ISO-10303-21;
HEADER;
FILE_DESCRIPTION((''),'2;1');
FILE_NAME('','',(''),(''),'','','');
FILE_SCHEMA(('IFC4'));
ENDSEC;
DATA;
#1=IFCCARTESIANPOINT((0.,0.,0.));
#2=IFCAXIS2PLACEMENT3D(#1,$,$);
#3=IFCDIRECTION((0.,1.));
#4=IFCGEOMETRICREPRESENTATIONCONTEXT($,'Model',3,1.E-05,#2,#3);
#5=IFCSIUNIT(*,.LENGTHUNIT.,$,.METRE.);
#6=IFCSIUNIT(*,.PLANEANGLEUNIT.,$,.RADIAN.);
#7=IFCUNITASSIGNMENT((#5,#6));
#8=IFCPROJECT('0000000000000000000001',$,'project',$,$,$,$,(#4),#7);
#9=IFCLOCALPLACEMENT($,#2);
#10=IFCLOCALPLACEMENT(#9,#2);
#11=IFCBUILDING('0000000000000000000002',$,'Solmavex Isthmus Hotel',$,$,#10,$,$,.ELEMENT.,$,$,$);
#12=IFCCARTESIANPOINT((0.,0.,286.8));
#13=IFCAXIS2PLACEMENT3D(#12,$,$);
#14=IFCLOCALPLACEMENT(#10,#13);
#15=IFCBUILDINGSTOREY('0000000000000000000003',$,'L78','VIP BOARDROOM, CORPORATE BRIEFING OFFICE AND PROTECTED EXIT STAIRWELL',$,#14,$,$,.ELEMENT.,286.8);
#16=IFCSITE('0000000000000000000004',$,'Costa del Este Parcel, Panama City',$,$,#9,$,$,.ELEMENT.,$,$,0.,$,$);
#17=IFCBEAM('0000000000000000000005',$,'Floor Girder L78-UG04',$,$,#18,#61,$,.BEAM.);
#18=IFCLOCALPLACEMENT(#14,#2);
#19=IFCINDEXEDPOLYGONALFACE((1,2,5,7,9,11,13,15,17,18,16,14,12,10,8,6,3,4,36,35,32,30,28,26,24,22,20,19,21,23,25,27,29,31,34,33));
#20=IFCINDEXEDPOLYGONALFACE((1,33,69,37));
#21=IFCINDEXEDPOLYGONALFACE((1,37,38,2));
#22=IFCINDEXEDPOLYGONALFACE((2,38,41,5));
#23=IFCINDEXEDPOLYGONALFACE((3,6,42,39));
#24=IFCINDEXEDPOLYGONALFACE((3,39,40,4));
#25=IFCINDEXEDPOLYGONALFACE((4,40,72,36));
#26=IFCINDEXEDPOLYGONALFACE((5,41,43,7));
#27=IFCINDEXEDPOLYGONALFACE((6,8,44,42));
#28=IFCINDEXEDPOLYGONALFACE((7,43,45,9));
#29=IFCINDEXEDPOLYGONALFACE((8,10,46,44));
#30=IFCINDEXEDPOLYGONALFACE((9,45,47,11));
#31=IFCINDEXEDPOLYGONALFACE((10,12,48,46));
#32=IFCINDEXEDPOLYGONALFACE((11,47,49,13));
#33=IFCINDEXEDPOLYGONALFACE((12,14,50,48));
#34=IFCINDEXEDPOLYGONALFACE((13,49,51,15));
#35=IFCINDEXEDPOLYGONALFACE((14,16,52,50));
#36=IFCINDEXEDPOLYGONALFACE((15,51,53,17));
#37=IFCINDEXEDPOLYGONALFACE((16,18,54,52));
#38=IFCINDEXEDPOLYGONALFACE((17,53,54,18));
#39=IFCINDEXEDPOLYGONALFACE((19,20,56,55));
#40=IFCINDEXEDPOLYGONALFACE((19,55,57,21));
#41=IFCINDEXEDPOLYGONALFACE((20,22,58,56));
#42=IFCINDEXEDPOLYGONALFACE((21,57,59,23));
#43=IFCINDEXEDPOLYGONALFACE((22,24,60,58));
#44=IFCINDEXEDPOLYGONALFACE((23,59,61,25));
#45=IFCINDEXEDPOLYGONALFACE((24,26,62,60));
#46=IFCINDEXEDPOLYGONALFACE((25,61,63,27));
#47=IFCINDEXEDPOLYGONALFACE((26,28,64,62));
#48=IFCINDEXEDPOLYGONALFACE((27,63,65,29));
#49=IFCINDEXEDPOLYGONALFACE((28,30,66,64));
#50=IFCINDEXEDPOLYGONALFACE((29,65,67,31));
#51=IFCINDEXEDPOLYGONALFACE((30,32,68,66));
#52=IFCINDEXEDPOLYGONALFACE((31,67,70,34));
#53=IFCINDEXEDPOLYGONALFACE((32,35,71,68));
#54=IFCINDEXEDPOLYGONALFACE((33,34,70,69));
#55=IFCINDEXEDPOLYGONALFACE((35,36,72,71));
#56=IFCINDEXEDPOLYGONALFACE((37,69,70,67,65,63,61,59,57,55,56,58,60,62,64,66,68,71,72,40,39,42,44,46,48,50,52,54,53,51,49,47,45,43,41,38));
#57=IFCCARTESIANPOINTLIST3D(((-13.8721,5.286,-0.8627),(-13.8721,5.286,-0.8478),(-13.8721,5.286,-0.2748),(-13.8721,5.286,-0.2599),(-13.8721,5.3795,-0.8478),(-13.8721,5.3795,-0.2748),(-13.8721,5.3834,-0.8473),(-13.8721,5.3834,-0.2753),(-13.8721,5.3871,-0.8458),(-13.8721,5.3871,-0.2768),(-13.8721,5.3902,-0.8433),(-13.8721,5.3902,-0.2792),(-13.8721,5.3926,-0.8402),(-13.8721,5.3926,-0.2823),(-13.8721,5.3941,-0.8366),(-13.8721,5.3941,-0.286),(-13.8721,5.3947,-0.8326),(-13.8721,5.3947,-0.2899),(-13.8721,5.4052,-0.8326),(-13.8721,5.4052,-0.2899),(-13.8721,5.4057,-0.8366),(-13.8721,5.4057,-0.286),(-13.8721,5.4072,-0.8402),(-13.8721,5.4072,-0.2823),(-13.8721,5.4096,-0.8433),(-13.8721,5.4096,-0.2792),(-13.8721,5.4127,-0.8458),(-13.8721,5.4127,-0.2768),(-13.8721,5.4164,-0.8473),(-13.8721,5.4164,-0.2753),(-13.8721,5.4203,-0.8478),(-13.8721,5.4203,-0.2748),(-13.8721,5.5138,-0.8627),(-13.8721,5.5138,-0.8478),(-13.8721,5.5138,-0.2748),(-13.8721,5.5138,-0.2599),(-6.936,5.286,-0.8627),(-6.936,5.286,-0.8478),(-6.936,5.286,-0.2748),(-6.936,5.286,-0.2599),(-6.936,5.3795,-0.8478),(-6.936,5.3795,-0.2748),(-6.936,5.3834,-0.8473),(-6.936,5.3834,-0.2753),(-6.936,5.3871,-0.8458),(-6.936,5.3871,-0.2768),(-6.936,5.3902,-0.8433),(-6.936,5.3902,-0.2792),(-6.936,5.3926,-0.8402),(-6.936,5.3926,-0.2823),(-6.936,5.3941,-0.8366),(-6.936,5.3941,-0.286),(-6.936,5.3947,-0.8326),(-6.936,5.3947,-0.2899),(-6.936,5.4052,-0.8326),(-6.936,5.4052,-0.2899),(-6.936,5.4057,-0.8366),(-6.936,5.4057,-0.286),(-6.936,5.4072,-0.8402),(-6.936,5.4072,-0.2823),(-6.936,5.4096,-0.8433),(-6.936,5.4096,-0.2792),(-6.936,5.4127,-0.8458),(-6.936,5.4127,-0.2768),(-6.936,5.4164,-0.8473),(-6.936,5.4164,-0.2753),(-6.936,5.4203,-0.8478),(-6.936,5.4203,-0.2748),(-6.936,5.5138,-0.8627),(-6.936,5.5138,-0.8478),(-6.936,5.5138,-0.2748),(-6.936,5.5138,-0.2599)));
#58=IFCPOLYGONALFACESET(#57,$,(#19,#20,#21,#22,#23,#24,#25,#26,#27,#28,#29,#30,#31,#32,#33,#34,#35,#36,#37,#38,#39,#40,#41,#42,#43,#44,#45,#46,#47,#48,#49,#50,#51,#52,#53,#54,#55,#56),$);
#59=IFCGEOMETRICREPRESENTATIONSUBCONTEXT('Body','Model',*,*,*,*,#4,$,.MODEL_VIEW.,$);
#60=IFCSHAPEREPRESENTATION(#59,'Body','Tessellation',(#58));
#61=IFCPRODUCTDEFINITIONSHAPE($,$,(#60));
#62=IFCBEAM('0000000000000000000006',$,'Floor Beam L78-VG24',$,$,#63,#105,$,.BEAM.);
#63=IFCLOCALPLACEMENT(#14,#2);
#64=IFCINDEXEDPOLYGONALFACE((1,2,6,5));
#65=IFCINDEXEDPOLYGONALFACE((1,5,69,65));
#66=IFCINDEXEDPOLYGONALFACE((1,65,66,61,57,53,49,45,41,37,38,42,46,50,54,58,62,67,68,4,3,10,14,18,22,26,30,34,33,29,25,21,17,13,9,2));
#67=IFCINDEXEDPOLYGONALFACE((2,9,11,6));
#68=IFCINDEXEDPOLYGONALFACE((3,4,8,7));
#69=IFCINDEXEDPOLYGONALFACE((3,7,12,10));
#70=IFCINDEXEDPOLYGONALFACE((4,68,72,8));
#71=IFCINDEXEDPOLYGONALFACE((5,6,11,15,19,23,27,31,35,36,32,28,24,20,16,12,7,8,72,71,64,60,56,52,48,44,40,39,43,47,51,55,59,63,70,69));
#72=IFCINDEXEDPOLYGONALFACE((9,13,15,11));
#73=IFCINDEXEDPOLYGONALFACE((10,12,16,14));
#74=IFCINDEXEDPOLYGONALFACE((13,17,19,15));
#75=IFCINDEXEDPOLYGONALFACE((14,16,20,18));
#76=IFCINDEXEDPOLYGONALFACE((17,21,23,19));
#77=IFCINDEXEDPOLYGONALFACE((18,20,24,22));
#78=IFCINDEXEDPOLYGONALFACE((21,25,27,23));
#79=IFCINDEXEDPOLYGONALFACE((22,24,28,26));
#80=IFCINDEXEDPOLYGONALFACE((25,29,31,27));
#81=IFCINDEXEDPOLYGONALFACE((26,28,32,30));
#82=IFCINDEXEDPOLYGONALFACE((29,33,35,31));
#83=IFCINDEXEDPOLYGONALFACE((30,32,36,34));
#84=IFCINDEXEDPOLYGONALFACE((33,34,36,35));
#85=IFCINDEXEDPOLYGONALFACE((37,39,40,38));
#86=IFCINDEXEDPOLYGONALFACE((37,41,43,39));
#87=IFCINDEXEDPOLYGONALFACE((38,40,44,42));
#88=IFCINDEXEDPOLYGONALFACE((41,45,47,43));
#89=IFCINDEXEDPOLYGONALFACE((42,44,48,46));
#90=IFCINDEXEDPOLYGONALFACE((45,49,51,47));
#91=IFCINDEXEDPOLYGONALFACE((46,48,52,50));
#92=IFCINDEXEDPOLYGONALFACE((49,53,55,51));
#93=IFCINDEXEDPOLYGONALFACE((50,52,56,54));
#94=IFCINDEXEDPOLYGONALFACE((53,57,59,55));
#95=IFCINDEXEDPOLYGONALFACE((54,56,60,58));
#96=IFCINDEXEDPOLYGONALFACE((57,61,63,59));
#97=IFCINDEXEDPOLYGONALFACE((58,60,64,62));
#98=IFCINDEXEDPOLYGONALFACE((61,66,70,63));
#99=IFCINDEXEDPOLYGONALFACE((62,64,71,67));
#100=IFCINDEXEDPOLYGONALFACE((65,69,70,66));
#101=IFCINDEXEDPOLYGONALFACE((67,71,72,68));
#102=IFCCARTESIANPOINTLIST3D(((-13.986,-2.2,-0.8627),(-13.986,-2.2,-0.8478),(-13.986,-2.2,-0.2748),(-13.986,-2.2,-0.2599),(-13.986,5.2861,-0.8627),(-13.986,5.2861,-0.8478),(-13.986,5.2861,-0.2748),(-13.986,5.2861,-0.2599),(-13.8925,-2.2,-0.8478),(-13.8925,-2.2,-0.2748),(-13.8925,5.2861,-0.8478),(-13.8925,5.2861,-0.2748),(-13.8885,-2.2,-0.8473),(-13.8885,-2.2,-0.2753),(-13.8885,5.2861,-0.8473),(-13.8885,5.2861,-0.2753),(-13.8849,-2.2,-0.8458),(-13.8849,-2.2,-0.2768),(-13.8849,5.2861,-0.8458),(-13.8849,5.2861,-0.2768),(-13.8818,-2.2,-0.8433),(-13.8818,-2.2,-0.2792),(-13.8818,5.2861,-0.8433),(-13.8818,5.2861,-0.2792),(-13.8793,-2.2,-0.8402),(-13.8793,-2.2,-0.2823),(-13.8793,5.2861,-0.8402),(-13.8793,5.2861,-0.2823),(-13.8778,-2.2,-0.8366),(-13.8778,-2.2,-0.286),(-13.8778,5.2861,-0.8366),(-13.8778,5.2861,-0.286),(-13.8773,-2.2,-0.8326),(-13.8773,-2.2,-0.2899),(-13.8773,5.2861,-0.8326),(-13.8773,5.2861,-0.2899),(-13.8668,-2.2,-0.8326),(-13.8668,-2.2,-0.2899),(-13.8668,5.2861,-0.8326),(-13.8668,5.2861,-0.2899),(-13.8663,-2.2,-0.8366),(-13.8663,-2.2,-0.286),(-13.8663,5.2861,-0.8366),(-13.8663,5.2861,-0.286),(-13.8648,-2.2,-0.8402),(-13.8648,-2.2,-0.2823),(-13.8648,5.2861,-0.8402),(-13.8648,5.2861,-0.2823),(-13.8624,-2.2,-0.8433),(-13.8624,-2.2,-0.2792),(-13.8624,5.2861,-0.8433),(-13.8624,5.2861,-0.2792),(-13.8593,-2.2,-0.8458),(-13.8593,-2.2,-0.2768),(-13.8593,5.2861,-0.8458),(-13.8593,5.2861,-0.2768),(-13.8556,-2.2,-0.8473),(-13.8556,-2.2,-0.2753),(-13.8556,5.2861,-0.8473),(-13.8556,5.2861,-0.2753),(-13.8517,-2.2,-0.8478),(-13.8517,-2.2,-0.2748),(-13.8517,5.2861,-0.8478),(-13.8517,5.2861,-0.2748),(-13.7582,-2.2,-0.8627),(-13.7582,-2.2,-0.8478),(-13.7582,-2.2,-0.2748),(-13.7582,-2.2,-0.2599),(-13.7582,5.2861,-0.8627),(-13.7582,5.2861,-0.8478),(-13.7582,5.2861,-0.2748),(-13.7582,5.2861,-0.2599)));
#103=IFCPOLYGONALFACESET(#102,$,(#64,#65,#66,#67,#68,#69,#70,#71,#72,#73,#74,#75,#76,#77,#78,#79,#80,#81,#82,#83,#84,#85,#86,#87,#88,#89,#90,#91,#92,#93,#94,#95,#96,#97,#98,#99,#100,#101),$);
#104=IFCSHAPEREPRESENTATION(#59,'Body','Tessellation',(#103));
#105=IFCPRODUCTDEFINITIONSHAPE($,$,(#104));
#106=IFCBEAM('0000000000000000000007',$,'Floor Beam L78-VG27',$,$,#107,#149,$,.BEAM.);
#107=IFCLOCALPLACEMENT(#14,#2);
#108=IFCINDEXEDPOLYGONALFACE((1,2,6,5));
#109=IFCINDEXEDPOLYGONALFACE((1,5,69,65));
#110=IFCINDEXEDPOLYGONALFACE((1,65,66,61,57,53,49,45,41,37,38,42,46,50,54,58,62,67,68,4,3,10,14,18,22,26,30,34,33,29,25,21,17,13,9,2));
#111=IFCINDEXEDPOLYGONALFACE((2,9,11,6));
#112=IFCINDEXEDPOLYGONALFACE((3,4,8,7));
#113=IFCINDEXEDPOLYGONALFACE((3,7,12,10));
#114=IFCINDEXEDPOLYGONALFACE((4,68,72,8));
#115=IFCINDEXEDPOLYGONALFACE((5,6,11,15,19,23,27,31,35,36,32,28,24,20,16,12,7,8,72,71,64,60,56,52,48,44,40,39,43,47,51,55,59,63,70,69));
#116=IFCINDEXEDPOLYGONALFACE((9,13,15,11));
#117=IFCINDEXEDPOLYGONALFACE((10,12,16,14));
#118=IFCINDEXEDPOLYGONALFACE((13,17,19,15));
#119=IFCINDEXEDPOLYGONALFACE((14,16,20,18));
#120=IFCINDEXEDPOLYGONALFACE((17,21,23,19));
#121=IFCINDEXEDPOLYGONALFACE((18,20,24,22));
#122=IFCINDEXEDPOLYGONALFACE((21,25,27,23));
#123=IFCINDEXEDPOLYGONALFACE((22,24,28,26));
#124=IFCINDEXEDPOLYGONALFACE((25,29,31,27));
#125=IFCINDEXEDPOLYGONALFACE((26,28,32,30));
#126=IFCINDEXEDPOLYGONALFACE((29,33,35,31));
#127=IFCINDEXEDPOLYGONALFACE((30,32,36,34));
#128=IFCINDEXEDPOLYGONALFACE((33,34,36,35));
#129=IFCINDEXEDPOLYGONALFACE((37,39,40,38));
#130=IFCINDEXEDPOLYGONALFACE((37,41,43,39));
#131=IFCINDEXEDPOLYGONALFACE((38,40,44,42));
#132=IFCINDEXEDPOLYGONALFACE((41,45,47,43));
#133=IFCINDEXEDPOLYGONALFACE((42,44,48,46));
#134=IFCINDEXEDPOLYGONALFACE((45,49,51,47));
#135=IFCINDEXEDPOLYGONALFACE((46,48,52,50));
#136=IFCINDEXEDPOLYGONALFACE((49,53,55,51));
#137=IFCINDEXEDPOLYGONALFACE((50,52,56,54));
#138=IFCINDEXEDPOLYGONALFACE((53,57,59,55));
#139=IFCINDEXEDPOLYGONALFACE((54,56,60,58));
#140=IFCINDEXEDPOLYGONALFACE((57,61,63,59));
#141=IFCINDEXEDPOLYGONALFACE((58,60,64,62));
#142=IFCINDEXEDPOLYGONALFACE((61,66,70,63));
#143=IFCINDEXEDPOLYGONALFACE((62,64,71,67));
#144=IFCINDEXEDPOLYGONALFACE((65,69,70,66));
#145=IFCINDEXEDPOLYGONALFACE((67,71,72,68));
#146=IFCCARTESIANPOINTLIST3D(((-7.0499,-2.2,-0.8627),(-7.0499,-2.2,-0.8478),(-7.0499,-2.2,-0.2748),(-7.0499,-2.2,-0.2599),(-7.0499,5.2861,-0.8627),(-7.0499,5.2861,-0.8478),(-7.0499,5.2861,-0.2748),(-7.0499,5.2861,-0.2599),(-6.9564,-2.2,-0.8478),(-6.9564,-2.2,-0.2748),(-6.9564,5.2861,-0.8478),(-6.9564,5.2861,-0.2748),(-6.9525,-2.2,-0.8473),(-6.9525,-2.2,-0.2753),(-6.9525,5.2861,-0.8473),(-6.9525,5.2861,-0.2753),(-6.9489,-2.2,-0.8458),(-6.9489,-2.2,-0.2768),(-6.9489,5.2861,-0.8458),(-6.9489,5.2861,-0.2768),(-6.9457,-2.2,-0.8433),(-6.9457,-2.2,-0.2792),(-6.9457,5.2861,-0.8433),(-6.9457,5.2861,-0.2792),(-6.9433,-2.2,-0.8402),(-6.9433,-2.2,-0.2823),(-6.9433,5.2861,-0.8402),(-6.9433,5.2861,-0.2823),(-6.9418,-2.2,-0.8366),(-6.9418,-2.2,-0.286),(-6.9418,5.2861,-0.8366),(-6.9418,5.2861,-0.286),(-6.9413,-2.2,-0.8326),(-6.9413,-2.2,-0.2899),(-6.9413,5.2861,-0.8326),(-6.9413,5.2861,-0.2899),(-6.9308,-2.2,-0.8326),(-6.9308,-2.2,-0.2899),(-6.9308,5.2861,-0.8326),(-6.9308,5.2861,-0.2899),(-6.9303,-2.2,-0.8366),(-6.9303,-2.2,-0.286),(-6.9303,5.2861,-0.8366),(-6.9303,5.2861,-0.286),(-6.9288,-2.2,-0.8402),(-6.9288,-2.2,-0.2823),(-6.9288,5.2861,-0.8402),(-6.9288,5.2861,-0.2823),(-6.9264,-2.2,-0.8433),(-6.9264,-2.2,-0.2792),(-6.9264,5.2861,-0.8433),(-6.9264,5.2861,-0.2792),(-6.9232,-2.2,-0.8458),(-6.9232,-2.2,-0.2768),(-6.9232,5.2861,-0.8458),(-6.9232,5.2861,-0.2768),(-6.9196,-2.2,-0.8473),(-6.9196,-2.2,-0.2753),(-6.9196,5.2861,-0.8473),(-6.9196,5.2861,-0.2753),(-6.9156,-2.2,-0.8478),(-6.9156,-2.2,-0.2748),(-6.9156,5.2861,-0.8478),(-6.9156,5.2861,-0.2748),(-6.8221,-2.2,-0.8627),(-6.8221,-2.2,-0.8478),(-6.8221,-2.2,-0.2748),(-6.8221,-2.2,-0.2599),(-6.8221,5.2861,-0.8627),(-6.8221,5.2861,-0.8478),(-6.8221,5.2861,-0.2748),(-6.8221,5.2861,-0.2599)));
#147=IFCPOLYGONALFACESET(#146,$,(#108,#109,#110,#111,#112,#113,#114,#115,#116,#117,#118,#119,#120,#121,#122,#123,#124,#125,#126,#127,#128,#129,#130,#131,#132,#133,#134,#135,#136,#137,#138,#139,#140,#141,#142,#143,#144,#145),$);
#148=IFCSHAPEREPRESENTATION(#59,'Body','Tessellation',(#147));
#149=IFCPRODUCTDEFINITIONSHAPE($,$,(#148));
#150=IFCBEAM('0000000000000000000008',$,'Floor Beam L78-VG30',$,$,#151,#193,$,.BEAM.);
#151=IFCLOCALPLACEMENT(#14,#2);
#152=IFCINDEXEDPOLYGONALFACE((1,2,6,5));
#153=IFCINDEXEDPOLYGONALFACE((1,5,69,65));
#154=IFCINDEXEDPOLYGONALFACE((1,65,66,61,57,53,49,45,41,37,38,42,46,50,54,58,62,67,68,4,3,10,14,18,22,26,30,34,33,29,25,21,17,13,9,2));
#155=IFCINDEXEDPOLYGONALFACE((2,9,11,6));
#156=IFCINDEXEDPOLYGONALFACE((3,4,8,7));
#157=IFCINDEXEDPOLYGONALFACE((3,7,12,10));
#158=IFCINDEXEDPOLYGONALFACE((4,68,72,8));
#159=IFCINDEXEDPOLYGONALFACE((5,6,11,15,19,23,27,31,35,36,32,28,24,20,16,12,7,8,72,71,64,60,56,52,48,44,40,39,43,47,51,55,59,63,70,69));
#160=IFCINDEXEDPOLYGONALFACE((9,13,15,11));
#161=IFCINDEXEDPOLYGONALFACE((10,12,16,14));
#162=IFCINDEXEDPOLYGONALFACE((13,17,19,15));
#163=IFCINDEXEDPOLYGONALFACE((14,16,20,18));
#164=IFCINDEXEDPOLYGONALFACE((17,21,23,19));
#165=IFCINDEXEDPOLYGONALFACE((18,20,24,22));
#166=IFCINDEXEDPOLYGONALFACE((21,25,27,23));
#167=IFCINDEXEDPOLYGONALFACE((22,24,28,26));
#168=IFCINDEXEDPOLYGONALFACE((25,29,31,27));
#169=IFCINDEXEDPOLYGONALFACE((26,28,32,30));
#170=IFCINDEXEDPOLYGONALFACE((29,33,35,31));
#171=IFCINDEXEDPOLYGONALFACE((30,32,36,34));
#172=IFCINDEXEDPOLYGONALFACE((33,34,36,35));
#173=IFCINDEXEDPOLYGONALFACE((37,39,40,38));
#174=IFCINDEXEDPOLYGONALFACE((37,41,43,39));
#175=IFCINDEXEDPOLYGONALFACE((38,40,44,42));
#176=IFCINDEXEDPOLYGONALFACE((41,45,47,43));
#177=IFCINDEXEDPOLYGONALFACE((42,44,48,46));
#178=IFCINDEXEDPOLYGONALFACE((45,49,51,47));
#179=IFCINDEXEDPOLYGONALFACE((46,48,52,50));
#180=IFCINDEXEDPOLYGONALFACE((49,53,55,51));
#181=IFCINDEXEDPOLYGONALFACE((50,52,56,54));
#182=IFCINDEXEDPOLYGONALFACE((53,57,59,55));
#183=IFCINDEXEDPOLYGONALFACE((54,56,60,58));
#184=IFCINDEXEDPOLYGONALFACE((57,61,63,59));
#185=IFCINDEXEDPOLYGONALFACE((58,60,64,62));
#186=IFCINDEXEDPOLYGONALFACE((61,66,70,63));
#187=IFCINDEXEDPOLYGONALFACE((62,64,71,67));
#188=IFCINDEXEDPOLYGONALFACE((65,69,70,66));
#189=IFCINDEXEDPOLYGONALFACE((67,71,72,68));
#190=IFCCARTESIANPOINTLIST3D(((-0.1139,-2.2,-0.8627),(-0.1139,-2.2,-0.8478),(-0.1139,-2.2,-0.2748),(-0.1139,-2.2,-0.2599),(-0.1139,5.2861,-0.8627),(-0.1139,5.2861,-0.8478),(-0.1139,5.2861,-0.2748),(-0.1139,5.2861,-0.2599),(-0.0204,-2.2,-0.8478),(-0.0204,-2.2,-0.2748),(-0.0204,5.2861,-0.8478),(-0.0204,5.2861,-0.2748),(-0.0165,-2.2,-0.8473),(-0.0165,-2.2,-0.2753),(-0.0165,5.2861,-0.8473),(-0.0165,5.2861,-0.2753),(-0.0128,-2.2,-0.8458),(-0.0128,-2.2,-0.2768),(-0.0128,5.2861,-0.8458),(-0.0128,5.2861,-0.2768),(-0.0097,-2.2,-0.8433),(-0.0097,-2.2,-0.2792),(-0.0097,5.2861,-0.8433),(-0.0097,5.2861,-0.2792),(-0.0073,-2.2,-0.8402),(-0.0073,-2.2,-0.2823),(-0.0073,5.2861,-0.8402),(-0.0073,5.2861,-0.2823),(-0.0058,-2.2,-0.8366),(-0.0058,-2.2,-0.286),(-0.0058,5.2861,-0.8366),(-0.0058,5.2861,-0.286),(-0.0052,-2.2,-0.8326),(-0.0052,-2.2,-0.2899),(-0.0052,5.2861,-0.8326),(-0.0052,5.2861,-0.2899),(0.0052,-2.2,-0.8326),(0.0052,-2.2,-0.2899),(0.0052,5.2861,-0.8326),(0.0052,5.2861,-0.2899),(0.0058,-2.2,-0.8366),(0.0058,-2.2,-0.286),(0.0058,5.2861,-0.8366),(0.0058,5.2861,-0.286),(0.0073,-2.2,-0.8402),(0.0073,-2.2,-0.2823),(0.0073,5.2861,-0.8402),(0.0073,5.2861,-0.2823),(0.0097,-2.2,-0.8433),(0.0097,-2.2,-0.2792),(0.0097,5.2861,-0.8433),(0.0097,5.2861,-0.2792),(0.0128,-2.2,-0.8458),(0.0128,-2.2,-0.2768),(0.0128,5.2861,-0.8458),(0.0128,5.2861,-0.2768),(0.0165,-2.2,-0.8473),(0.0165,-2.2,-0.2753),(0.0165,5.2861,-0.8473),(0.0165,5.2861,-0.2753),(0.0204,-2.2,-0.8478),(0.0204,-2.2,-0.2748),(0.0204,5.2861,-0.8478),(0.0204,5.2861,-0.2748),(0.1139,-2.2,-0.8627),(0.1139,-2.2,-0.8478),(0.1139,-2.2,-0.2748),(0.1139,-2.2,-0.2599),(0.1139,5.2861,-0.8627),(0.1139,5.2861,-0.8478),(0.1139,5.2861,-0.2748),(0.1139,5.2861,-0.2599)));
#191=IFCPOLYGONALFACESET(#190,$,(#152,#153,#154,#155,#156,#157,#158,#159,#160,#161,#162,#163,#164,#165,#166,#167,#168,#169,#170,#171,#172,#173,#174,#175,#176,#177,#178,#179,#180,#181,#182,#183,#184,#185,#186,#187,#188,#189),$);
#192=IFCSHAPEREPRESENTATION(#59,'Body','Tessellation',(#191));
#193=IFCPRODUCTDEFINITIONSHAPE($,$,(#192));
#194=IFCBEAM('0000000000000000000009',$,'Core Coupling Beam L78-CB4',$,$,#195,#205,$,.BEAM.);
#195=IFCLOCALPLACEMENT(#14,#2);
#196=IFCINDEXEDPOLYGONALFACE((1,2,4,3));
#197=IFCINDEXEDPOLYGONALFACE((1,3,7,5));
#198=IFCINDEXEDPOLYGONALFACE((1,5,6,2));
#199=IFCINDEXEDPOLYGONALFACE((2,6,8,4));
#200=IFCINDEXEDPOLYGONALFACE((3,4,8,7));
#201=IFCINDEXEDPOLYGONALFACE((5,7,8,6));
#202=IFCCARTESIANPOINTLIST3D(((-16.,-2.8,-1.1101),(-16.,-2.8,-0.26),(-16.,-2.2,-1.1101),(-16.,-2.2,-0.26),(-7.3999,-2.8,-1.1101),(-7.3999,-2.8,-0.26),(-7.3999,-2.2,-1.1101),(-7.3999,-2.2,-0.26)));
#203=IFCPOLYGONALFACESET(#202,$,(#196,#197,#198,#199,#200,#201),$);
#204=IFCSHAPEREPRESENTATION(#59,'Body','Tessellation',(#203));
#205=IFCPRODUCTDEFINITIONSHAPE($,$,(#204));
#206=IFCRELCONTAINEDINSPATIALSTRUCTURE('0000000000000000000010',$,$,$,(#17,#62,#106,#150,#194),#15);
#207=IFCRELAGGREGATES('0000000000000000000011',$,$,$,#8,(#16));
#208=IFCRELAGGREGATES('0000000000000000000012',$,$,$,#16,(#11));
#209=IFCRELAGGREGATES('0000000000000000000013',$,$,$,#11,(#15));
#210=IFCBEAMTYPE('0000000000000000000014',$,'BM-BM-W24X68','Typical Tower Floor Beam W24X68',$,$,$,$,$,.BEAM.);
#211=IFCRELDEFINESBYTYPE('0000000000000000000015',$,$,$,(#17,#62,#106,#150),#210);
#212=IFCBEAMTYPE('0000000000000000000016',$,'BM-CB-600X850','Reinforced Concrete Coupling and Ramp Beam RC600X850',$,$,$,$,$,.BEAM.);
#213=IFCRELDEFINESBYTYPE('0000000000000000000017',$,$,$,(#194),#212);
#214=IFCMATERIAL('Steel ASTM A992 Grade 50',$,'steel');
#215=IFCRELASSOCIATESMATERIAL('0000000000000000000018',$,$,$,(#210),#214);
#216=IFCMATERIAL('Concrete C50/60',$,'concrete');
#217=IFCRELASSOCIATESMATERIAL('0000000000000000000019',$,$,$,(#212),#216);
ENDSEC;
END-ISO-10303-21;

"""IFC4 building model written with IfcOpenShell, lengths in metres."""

from ifc_helpers import new_model, si_unit, direction, frame, origin, origin_2d, place, context, subcontext, project, spatial, rectangle, i_section, extrude, material, material_profile, profile_set, type_object, element, save


model = new_model("IFC4")

# Units and contexts
model_context = context("Model", 3, precision=1e-05, world=origin(), true_north=direction((0.0, 1.0)))
body_context = subcontext(model_context, "Body", "Model", "MODEL_VIEW")
ifc_project = project(units=[si_unit("LENGTHUNIT", "METRE"), si_unit("PLANEANGLEUNIT", "RADIAN")], contexts=[model_context])

# Site, building, storey
site_placement = place(None, origin())
site = spatial("IfcSite", under=ifc_project, at=site_placement, Name="Costa del Este Parcel, Panama City", CompositionType="ELEMENT", RefElevation=0.0)
building_placement = place(site_placement, origin())
building = spatial("IfcBuilding", under=site, at=building_placement, Name="Solmavex Isthmus Hotel", CompositionType="ELEMENT")
storey_placement = place(building_placement, frame((0.0, 0.0, 286.8)))
storey = spatial("IfcBuildingStorey", under=building, at=storey_placement, Name="L78", Description="VIP BOARDROOM, CORPORATE BRIEFING OFFICE AND PROTECTED EXIT STAIRWELL", CompositionType="ELEMENT", Elevation=286.8)

# Shared definitions
ifc_material_1 = material(Name="Concrete C50/60", Category="concrete")

# Beams
ifc_material_2 = material(Name="Steel ASTM A992 Grade 50", Category="steel")
ifc_material_profile_1 = material_profile(ifc_material_2, i_section(OverallWidth=0.2278, OverallDepth=0.6028, WebThickness=0.0105, FlangeThickness=0.0149, FilletRadius=0.0151, at=origin_2d()), Name="W24X68")
ifc_profile_set_1 = profile_set([ifc_material_profile_1], Name="Steel ASTM A992 Grade 50")
beam_type_1 = type_object("IfcBeamType", Name="BM-BM-W24X68", Description="Typical Tower Floor Beam W24X68", PredefinedType="BEAM", material=ifc_profile_set_1)
beam_1_placement = place(storey_placement, frame((-13.8721, 5.3999, -0.5613), z_axis=(1.0, 0.0, 0.0), x_axis=(0.0, 1.0, 0.0)))
element("IfcBeam", 1, at=beam_1_placement, inside=storey, type_object=beam_type_1, Name="Floor Girder L78-UG04", PredefinedType="BEAM", context=body_context, shape_type="SweptSolid", body=[
    extrude(i_section(OverallWidth=0.2278, OverallDepth=0.6028, WebThickness=0.0105, FlangeThickness=0.0149, FilletRadius=0.0151, at=origin_2d()), origin(), (0.0, 0.0, 1.0), 6.936),
])
for number, where, z_axis, x_axis, name in (
    (2, (-13.8721, -2.2, -0.5613), (0.0, 1.0, 0.0), (-1.0, 0.0, 0.0), "Floor Beam L78-VG24"),
    (3, (-6.936, -2.2, -0.5613), (0.0, 1.0, 0.0), (-1.0, 0.0, 0.0), "Floor Beam L78-VG27"),
    (4, (0.0, -2.2, -0.5613), (0.0, 1.0, 0.0), (-1.0, 0.0, 0.0), "Floor Beam L78-VG30"),
):
    element("IfcBeam", number, at=place(storey_placement, frame(where, z_axis=z_axis, x_axis=x_axis)), inside=storey, type_object=beam_type_1, Name=name, PredefinedType="BEAM", context=body_context, shape_type="SweptSolid", body=[
        extrude(i_section(OverallWidth=0.2278, OverallDepth=0.6028, WebThickness=0.0105, FlangeThickness=0.0149, FilletRadius=0.0151, at=origin_2d()), origin(), (0.0, 0.0, 1.0), 7.4861),
    ])
ifc_material_profile_2 = material_profile(ifc_material_1, rectangle(XDim=0.6001, YDim=0.8501, at=origin_2d()), Name="RC600X850")
ifc_profile_set_2 = profile_set([ifc_material_profile_2], Name="Concrete C50/60")
beam_type_2 = type_object("IfcBeamType", Name="BM-CB-600X850", Description="Reinforced Concrete Coupling and Ramp Beam RC600X850", PredefinedType="BEAM", material=ifc_profile_set_2)
beam_2_placement = place(storey_placement, frame((-16.0, -2.5, -0.6851), z_axis=(1.0, 0.0, 0.0), x_axis=(0.0, 1.0, 0.0)))
element("IfcBeam", 5, at=beam_2_placement, inside=storey, type_object=beam_type_2, Name="Core Coupling Beam L78-CB4", PredefinedType="BEAM", context=body_context, shape_type="SweptSolid", body=[
    extrude(rectangle(XDim=0.6001, YDim=0.8501, at=origin_2d()), origin(), (0.0, 0.0, 1.0), 8.6001),
])

save(model, "model.ifc")
